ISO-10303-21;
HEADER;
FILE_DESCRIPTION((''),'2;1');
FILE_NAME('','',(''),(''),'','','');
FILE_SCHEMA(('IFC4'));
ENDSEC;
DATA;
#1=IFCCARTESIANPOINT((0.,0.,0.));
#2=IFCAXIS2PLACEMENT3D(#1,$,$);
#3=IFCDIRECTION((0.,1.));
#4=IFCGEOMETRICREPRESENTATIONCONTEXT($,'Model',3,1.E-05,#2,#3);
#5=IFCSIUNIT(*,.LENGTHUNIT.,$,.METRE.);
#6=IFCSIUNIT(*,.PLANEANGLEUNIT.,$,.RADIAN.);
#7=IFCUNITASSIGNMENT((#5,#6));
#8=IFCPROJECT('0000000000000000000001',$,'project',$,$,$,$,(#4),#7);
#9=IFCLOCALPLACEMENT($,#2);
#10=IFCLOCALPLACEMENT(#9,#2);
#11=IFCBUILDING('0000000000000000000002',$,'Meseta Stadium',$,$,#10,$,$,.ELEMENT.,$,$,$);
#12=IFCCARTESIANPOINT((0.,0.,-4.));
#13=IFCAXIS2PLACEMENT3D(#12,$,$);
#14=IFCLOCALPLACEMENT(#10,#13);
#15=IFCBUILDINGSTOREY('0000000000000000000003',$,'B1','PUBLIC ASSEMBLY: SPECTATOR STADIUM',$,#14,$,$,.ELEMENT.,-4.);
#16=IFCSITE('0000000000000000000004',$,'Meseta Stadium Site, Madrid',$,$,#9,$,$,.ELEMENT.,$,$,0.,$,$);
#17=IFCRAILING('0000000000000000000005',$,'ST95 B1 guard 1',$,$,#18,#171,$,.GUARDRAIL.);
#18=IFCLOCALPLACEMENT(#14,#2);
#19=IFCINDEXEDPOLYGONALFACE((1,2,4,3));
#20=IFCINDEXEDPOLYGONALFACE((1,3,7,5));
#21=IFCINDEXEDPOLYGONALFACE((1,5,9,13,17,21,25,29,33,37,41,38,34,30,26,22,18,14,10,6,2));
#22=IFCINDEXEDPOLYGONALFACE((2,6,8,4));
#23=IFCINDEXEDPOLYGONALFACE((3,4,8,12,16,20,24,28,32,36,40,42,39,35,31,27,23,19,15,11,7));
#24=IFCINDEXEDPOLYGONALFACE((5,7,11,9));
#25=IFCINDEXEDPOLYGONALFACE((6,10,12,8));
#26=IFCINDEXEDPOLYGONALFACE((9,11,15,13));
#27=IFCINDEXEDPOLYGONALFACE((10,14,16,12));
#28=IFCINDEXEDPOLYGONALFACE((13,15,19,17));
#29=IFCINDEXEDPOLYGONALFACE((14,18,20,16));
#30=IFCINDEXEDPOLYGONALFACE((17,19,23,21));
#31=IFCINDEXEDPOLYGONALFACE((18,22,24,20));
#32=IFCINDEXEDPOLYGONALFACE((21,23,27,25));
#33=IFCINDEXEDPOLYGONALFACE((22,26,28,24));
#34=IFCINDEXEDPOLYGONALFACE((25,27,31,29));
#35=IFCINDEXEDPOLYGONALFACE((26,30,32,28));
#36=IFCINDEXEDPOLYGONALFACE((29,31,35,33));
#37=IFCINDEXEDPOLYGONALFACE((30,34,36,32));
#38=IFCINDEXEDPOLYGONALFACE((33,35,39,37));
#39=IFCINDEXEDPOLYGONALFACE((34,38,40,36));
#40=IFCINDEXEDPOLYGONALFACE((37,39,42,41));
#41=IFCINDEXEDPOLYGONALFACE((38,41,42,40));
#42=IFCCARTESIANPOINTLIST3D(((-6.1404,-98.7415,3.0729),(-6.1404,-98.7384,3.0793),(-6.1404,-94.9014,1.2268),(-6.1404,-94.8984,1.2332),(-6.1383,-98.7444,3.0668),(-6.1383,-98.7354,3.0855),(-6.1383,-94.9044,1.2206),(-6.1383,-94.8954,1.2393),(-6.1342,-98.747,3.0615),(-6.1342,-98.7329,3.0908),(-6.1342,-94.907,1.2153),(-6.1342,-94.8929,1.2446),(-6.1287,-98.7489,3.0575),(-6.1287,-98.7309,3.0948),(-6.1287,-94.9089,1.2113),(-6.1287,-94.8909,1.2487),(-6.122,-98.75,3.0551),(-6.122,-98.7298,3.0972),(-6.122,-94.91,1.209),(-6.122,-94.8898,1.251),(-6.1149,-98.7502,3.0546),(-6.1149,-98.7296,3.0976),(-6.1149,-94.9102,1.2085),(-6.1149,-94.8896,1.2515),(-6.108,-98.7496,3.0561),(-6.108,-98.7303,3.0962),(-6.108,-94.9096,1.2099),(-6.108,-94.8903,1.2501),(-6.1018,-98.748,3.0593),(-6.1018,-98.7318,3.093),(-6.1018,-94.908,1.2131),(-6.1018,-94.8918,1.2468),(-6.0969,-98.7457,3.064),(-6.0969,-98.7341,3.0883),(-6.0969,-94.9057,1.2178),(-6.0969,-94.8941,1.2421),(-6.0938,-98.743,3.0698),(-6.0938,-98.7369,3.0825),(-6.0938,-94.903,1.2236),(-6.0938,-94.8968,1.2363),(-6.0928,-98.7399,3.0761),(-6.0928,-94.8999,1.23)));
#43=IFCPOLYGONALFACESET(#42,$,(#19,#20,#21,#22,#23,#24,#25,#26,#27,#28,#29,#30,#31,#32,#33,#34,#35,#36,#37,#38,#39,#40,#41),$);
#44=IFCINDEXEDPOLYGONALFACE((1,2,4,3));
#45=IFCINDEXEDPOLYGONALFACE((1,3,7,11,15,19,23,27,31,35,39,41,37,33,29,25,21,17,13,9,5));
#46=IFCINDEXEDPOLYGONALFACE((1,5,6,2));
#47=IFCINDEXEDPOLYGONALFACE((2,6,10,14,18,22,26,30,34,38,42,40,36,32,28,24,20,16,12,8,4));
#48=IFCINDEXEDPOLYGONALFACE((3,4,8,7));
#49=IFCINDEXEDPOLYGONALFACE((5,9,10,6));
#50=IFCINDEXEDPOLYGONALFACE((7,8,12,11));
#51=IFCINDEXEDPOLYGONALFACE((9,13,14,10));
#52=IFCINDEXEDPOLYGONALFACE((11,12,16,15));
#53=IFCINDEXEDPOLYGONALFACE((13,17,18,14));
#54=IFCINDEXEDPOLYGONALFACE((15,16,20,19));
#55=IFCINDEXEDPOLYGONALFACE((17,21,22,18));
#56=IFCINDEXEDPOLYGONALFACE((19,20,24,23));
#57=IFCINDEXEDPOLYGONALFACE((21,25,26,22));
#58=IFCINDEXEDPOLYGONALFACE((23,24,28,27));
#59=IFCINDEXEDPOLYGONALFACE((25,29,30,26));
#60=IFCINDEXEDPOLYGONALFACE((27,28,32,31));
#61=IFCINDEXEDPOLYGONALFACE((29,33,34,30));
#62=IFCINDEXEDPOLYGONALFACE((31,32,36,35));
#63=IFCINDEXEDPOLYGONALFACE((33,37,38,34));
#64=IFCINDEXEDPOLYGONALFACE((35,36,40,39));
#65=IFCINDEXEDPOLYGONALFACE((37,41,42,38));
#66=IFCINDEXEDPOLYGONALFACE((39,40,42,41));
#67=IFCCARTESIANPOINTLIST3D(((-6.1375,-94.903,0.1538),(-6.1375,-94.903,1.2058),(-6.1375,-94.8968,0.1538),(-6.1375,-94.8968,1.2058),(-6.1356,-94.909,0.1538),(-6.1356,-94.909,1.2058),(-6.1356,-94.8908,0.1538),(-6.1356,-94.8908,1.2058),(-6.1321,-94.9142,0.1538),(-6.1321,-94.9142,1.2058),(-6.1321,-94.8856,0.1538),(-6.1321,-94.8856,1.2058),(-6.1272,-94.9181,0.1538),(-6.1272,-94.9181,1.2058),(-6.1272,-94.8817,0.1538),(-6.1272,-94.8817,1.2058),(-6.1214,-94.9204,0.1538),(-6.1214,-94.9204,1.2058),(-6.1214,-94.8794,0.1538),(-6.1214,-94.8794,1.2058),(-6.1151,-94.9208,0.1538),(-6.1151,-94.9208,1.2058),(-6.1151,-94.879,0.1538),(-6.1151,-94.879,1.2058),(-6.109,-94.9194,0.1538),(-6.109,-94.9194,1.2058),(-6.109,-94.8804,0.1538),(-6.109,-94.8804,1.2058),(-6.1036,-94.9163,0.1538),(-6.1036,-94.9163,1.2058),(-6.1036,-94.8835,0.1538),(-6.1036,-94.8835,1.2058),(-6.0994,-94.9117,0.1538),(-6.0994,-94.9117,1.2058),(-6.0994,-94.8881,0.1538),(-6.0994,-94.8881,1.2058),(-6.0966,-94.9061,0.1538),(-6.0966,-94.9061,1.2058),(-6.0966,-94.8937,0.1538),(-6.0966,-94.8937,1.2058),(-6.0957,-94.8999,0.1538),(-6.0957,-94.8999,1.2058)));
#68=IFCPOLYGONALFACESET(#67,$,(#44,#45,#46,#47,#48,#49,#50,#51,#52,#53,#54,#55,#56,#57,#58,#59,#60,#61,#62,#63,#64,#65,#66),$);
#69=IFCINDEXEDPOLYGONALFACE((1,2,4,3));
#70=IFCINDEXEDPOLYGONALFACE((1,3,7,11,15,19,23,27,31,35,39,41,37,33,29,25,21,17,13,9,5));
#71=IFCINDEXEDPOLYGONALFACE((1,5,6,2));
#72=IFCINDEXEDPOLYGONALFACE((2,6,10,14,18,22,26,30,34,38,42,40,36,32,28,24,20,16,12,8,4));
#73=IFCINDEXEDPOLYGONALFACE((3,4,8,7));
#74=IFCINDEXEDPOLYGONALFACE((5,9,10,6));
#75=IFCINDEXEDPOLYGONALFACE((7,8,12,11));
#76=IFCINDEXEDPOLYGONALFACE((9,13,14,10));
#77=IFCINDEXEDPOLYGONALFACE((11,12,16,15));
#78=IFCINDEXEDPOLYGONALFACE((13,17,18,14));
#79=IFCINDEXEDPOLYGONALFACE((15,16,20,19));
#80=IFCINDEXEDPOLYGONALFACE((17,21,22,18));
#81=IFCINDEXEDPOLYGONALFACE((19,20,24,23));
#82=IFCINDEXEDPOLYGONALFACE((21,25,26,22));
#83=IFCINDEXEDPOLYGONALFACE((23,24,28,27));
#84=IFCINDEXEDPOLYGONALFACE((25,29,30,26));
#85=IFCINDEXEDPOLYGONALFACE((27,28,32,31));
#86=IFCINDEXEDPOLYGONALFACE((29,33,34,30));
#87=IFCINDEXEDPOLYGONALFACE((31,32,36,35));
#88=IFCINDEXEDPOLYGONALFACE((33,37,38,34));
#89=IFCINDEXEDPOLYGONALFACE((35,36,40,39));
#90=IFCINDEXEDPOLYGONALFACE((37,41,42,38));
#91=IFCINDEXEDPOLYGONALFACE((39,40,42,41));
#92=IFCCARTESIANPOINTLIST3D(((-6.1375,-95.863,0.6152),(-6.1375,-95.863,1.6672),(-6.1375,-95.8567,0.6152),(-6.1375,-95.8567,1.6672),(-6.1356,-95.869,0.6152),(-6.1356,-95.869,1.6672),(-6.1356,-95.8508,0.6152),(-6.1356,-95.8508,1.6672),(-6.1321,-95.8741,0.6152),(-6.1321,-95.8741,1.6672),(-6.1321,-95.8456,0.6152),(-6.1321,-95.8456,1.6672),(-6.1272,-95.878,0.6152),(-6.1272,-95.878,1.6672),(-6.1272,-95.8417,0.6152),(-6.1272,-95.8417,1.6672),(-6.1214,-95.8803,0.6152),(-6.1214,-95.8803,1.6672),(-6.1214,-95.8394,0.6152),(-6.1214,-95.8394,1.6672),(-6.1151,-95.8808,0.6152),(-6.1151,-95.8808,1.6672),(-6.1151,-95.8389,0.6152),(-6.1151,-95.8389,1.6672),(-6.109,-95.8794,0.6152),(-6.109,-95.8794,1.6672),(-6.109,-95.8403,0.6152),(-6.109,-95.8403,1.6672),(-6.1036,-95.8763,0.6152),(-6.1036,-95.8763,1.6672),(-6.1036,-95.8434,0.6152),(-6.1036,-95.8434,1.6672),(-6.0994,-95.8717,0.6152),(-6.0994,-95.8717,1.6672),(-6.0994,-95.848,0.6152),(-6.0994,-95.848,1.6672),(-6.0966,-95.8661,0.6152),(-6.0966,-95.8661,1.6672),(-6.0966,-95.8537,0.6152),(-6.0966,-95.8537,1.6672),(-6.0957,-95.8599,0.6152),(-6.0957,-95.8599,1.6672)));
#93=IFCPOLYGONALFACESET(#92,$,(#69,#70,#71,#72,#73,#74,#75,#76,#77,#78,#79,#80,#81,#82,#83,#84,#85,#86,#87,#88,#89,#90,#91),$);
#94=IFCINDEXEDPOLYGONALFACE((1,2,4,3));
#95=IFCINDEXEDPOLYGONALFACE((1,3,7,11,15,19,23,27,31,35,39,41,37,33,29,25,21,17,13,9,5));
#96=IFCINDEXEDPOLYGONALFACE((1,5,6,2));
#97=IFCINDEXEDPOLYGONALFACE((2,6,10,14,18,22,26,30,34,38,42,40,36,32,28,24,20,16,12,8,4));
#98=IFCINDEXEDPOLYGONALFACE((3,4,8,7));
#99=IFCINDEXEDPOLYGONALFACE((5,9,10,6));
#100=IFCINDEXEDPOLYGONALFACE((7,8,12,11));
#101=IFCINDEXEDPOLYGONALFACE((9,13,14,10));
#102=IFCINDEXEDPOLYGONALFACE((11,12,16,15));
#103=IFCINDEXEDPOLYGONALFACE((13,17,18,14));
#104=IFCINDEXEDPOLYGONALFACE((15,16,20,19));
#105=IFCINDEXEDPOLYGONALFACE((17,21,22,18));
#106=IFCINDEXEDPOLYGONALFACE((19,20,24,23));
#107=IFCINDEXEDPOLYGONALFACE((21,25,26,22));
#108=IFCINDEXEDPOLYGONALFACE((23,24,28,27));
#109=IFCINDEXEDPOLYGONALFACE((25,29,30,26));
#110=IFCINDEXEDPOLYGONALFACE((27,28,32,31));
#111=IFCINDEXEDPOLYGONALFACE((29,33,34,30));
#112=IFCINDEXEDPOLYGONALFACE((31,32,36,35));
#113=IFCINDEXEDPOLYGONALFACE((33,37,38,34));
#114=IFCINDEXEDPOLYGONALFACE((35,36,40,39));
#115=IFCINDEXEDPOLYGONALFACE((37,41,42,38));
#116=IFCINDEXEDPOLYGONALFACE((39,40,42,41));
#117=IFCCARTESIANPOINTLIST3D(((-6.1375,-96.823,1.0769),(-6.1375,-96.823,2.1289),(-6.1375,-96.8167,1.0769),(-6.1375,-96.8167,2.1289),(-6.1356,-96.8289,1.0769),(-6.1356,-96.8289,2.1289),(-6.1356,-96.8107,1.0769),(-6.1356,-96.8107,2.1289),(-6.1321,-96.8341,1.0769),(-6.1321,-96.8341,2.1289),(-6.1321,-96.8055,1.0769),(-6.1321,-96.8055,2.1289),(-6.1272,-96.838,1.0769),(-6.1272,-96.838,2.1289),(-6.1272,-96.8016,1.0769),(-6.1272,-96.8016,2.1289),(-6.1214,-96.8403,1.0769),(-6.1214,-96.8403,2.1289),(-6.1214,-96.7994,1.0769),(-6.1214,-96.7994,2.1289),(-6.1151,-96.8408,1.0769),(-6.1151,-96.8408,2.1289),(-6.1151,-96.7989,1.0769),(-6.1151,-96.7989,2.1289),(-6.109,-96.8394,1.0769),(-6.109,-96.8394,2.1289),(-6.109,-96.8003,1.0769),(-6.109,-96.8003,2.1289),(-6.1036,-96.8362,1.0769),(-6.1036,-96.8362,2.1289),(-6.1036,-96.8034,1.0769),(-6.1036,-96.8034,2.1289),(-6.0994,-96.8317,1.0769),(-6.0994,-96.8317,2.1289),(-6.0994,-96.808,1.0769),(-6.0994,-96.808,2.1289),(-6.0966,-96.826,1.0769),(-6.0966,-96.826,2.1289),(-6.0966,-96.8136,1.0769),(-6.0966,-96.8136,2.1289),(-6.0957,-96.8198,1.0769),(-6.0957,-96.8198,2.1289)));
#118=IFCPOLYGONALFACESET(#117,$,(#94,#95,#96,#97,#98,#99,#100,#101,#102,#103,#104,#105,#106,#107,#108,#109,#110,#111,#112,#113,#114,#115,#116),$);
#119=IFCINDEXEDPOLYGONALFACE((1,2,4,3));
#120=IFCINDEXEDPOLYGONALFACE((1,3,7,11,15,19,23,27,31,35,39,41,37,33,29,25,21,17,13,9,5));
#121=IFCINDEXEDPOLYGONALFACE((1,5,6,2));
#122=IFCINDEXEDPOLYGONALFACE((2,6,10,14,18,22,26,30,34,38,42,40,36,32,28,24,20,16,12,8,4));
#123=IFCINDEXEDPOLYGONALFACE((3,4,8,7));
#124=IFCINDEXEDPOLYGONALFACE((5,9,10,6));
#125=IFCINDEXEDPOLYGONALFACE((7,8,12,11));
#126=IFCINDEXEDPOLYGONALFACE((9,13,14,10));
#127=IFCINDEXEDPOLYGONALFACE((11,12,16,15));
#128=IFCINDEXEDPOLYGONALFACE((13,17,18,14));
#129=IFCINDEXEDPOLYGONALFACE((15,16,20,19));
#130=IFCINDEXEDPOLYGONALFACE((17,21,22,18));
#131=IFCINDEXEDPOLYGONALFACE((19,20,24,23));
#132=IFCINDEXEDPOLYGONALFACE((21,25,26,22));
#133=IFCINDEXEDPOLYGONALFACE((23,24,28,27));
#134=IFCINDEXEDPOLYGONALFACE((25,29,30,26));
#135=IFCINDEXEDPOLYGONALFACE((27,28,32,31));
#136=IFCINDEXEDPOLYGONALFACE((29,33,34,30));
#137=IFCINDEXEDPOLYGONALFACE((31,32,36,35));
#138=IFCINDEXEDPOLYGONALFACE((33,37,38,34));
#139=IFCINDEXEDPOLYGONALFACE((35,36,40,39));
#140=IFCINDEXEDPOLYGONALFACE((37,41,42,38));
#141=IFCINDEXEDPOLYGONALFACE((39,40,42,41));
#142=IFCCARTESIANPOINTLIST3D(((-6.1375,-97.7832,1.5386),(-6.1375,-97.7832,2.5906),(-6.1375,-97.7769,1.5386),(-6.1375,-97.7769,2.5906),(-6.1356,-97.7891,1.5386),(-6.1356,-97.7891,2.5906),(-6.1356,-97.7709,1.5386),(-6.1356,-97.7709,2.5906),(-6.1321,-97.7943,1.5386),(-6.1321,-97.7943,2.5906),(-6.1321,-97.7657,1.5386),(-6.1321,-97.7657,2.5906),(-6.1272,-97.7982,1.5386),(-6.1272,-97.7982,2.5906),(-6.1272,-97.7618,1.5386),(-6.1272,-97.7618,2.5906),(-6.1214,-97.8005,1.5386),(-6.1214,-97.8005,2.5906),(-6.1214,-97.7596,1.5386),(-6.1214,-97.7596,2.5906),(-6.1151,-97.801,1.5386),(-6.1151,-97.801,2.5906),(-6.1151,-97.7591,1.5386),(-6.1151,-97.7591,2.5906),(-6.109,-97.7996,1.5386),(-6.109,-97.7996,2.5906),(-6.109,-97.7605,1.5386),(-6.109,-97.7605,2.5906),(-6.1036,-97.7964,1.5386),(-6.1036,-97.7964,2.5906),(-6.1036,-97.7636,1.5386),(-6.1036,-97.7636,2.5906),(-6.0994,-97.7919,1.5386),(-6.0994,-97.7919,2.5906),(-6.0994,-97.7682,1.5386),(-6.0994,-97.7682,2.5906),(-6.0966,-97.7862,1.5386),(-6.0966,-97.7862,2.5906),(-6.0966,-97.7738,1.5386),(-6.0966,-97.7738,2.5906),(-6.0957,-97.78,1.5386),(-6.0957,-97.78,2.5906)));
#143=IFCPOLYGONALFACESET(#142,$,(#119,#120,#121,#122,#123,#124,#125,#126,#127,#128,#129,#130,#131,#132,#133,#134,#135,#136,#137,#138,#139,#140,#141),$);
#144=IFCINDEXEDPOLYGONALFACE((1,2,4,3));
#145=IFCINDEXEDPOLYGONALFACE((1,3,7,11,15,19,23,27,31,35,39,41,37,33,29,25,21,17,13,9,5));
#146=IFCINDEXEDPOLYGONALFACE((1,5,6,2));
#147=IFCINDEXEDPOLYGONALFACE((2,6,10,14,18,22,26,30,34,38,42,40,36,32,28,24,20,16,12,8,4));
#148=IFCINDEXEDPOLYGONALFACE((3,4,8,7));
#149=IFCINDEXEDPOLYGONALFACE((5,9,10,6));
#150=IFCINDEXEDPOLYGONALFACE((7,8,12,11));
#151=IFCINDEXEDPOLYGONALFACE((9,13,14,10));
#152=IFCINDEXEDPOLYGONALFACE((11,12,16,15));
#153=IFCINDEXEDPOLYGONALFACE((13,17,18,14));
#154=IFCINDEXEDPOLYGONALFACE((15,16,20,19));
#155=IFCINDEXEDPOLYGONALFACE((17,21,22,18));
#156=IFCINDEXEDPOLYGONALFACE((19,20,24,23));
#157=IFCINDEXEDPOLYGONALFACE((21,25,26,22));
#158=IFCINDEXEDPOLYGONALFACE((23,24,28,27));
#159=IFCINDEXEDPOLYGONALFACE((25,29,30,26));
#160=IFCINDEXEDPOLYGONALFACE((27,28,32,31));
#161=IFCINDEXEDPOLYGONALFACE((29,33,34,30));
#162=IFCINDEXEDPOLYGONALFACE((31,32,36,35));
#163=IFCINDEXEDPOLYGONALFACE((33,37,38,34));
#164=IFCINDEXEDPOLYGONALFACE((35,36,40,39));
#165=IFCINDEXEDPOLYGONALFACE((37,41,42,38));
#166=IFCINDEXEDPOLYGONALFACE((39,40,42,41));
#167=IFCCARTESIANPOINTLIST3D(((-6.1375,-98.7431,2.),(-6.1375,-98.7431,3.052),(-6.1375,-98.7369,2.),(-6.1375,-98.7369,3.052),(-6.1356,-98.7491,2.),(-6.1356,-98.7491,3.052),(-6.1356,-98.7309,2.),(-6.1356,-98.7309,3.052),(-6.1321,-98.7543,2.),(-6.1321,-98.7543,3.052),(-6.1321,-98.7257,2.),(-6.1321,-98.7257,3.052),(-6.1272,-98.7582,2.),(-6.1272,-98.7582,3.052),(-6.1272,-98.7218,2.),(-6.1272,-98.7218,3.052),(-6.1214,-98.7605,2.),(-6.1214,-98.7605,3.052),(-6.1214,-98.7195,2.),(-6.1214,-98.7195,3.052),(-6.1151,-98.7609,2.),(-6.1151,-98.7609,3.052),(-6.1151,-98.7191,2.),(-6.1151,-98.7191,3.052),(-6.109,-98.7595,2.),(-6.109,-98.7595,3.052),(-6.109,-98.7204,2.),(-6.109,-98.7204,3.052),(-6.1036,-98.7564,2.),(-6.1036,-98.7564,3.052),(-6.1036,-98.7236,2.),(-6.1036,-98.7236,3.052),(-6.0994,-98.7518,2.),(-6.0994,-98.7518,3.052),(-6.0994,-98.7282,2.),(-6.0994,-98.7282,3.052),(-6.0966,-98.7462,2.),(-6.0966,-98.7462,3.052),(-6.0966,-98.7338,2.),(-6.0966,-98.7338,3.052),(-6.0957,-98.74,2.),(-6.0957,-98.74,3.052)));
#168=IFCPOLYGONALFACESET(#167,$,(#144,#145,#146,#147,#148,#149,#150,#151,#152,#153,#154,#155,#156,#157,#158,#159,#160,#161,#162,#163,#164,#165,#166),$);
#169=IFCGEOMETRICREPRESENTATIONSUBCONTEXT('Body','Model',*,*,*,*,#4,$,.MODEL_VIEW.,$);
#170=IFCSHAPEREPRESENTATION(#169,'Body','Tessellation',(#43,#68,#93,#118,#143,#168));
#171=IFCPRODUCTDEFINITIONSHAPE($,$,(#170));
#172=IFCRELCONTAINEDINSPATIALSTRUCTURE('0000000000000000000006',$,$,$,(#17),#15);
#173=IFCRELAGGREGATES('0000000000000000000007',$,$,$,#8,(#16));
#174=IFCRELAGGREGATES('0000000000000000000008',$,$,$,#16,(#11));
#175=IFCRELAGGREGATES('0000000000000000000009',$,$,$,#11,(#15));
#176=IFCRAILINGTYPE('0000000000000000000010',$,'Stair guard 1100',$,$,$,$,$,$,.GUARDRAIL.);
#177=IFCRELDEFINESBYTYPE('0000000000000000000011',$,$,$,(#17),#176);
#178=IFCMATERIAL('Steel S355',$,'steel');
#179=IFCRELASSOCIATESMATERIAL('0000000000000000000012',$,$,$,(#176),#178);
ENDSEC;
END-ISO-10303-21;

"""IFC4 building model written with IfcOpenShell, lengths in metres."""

from ifc_helpers import new_model, si_unit, direction, frame, origin, origin_2d, place, context, subcontext, project, spatial, circle, extrude, material, type_object, element, save


model = new_model("IFC4")

# Units and contexts
model_context = context("Model", 3, precision=1e-05, world=origin(), true_north=direction((0.0, 1.0)))
body_context = subcontext(model_context, "Body", "Model", "MODEL_VIEW")
ifc_project = project(units=[si_unit("LENGTHUNIT", "METRE"), si_unit("PLANEANGLEUNIT", "RADIAN")], contexts=[model_context])

# Site, building, storey
site_placement = place(None, origin())
site = spatial("IfcSite", under=ifc_project, at=site_placement, Name="Meseta Stadium Site, Madrid", CompositionType="ELEMENT", RefElevation=0.0)
building_placement = place(site_placement, origin())
building = spatial("IfcBuilding", under=site, at=building_placement, Name="Meseta Stadium", CompositionType="ELEMENT")
storey_placement = place(building_placement, frame((0.0, 0.0, -4.0)))
storey = spatial("IfcBuildingStorey", under=building, at=storey_placement, Name="B1", Description="PUBLIC ASSEMBLY: SPECTATOR STADIUM", CompositionType="ELEMENT", Elevation=-4.0)

# Railing
ifc_material_1 = material(Name="Steel S355", Category="steel")
railing_type_1 = type_object("IfcRailingType", Name="Stair guard 1100", PredefinedType="GUARDRAIL", material=ifc_material_1)
railing_1_placement = place(storey_placement, frame((-6.1167, -94.8999, 0.1538)))
element("IfcRailing", 1, at=railing_1_placement, inside=storey, type_object=railing_type_1, Name="ST95 B1 guard 1", PredefinedType="GUARDRAIL", context=body_context, shape_type="SweptSolid", body=[
    extrude(circle(Radius=0.0239, at=origin_2d()), frame((0.0, 0.0, 1.0762), z_axis=(0.0, -0.901253, 0.433294), x_axis=(1.0, 0.0, 0.0)), (0.0, 0.0, 1.0), 4.2607),
    extrude(circle(Radius=0.021, at=origin_2d()), origin(), (0.0, 0.0, 1.0), 1.052),
    extrude(circle(Radius=0.021, at=origin_2d()), frame((0.0, -0.96, 0.4614)), (0.0, 0.0, 1.0), 1.052),
    extrude(circle(Radius=0.021, at=origin_2d()), frame((0.0, -1.9199, 0.9231)), (0.0, 0.0, 1.0), 1.052),
    extrude(circle(Radius=0.021, at=origin_2d()), frame((0.0, -2.8801, 1.3848)), (0.0, 0.0, 1.0), 1.052),
    extrude(circle(Radius=0.021, at=origin_2d()), frame((0.0, -3.8401, 1.8462)), (0.0, 0.0, 1.0), 1.052),
])

save(model, "model.ifc")
